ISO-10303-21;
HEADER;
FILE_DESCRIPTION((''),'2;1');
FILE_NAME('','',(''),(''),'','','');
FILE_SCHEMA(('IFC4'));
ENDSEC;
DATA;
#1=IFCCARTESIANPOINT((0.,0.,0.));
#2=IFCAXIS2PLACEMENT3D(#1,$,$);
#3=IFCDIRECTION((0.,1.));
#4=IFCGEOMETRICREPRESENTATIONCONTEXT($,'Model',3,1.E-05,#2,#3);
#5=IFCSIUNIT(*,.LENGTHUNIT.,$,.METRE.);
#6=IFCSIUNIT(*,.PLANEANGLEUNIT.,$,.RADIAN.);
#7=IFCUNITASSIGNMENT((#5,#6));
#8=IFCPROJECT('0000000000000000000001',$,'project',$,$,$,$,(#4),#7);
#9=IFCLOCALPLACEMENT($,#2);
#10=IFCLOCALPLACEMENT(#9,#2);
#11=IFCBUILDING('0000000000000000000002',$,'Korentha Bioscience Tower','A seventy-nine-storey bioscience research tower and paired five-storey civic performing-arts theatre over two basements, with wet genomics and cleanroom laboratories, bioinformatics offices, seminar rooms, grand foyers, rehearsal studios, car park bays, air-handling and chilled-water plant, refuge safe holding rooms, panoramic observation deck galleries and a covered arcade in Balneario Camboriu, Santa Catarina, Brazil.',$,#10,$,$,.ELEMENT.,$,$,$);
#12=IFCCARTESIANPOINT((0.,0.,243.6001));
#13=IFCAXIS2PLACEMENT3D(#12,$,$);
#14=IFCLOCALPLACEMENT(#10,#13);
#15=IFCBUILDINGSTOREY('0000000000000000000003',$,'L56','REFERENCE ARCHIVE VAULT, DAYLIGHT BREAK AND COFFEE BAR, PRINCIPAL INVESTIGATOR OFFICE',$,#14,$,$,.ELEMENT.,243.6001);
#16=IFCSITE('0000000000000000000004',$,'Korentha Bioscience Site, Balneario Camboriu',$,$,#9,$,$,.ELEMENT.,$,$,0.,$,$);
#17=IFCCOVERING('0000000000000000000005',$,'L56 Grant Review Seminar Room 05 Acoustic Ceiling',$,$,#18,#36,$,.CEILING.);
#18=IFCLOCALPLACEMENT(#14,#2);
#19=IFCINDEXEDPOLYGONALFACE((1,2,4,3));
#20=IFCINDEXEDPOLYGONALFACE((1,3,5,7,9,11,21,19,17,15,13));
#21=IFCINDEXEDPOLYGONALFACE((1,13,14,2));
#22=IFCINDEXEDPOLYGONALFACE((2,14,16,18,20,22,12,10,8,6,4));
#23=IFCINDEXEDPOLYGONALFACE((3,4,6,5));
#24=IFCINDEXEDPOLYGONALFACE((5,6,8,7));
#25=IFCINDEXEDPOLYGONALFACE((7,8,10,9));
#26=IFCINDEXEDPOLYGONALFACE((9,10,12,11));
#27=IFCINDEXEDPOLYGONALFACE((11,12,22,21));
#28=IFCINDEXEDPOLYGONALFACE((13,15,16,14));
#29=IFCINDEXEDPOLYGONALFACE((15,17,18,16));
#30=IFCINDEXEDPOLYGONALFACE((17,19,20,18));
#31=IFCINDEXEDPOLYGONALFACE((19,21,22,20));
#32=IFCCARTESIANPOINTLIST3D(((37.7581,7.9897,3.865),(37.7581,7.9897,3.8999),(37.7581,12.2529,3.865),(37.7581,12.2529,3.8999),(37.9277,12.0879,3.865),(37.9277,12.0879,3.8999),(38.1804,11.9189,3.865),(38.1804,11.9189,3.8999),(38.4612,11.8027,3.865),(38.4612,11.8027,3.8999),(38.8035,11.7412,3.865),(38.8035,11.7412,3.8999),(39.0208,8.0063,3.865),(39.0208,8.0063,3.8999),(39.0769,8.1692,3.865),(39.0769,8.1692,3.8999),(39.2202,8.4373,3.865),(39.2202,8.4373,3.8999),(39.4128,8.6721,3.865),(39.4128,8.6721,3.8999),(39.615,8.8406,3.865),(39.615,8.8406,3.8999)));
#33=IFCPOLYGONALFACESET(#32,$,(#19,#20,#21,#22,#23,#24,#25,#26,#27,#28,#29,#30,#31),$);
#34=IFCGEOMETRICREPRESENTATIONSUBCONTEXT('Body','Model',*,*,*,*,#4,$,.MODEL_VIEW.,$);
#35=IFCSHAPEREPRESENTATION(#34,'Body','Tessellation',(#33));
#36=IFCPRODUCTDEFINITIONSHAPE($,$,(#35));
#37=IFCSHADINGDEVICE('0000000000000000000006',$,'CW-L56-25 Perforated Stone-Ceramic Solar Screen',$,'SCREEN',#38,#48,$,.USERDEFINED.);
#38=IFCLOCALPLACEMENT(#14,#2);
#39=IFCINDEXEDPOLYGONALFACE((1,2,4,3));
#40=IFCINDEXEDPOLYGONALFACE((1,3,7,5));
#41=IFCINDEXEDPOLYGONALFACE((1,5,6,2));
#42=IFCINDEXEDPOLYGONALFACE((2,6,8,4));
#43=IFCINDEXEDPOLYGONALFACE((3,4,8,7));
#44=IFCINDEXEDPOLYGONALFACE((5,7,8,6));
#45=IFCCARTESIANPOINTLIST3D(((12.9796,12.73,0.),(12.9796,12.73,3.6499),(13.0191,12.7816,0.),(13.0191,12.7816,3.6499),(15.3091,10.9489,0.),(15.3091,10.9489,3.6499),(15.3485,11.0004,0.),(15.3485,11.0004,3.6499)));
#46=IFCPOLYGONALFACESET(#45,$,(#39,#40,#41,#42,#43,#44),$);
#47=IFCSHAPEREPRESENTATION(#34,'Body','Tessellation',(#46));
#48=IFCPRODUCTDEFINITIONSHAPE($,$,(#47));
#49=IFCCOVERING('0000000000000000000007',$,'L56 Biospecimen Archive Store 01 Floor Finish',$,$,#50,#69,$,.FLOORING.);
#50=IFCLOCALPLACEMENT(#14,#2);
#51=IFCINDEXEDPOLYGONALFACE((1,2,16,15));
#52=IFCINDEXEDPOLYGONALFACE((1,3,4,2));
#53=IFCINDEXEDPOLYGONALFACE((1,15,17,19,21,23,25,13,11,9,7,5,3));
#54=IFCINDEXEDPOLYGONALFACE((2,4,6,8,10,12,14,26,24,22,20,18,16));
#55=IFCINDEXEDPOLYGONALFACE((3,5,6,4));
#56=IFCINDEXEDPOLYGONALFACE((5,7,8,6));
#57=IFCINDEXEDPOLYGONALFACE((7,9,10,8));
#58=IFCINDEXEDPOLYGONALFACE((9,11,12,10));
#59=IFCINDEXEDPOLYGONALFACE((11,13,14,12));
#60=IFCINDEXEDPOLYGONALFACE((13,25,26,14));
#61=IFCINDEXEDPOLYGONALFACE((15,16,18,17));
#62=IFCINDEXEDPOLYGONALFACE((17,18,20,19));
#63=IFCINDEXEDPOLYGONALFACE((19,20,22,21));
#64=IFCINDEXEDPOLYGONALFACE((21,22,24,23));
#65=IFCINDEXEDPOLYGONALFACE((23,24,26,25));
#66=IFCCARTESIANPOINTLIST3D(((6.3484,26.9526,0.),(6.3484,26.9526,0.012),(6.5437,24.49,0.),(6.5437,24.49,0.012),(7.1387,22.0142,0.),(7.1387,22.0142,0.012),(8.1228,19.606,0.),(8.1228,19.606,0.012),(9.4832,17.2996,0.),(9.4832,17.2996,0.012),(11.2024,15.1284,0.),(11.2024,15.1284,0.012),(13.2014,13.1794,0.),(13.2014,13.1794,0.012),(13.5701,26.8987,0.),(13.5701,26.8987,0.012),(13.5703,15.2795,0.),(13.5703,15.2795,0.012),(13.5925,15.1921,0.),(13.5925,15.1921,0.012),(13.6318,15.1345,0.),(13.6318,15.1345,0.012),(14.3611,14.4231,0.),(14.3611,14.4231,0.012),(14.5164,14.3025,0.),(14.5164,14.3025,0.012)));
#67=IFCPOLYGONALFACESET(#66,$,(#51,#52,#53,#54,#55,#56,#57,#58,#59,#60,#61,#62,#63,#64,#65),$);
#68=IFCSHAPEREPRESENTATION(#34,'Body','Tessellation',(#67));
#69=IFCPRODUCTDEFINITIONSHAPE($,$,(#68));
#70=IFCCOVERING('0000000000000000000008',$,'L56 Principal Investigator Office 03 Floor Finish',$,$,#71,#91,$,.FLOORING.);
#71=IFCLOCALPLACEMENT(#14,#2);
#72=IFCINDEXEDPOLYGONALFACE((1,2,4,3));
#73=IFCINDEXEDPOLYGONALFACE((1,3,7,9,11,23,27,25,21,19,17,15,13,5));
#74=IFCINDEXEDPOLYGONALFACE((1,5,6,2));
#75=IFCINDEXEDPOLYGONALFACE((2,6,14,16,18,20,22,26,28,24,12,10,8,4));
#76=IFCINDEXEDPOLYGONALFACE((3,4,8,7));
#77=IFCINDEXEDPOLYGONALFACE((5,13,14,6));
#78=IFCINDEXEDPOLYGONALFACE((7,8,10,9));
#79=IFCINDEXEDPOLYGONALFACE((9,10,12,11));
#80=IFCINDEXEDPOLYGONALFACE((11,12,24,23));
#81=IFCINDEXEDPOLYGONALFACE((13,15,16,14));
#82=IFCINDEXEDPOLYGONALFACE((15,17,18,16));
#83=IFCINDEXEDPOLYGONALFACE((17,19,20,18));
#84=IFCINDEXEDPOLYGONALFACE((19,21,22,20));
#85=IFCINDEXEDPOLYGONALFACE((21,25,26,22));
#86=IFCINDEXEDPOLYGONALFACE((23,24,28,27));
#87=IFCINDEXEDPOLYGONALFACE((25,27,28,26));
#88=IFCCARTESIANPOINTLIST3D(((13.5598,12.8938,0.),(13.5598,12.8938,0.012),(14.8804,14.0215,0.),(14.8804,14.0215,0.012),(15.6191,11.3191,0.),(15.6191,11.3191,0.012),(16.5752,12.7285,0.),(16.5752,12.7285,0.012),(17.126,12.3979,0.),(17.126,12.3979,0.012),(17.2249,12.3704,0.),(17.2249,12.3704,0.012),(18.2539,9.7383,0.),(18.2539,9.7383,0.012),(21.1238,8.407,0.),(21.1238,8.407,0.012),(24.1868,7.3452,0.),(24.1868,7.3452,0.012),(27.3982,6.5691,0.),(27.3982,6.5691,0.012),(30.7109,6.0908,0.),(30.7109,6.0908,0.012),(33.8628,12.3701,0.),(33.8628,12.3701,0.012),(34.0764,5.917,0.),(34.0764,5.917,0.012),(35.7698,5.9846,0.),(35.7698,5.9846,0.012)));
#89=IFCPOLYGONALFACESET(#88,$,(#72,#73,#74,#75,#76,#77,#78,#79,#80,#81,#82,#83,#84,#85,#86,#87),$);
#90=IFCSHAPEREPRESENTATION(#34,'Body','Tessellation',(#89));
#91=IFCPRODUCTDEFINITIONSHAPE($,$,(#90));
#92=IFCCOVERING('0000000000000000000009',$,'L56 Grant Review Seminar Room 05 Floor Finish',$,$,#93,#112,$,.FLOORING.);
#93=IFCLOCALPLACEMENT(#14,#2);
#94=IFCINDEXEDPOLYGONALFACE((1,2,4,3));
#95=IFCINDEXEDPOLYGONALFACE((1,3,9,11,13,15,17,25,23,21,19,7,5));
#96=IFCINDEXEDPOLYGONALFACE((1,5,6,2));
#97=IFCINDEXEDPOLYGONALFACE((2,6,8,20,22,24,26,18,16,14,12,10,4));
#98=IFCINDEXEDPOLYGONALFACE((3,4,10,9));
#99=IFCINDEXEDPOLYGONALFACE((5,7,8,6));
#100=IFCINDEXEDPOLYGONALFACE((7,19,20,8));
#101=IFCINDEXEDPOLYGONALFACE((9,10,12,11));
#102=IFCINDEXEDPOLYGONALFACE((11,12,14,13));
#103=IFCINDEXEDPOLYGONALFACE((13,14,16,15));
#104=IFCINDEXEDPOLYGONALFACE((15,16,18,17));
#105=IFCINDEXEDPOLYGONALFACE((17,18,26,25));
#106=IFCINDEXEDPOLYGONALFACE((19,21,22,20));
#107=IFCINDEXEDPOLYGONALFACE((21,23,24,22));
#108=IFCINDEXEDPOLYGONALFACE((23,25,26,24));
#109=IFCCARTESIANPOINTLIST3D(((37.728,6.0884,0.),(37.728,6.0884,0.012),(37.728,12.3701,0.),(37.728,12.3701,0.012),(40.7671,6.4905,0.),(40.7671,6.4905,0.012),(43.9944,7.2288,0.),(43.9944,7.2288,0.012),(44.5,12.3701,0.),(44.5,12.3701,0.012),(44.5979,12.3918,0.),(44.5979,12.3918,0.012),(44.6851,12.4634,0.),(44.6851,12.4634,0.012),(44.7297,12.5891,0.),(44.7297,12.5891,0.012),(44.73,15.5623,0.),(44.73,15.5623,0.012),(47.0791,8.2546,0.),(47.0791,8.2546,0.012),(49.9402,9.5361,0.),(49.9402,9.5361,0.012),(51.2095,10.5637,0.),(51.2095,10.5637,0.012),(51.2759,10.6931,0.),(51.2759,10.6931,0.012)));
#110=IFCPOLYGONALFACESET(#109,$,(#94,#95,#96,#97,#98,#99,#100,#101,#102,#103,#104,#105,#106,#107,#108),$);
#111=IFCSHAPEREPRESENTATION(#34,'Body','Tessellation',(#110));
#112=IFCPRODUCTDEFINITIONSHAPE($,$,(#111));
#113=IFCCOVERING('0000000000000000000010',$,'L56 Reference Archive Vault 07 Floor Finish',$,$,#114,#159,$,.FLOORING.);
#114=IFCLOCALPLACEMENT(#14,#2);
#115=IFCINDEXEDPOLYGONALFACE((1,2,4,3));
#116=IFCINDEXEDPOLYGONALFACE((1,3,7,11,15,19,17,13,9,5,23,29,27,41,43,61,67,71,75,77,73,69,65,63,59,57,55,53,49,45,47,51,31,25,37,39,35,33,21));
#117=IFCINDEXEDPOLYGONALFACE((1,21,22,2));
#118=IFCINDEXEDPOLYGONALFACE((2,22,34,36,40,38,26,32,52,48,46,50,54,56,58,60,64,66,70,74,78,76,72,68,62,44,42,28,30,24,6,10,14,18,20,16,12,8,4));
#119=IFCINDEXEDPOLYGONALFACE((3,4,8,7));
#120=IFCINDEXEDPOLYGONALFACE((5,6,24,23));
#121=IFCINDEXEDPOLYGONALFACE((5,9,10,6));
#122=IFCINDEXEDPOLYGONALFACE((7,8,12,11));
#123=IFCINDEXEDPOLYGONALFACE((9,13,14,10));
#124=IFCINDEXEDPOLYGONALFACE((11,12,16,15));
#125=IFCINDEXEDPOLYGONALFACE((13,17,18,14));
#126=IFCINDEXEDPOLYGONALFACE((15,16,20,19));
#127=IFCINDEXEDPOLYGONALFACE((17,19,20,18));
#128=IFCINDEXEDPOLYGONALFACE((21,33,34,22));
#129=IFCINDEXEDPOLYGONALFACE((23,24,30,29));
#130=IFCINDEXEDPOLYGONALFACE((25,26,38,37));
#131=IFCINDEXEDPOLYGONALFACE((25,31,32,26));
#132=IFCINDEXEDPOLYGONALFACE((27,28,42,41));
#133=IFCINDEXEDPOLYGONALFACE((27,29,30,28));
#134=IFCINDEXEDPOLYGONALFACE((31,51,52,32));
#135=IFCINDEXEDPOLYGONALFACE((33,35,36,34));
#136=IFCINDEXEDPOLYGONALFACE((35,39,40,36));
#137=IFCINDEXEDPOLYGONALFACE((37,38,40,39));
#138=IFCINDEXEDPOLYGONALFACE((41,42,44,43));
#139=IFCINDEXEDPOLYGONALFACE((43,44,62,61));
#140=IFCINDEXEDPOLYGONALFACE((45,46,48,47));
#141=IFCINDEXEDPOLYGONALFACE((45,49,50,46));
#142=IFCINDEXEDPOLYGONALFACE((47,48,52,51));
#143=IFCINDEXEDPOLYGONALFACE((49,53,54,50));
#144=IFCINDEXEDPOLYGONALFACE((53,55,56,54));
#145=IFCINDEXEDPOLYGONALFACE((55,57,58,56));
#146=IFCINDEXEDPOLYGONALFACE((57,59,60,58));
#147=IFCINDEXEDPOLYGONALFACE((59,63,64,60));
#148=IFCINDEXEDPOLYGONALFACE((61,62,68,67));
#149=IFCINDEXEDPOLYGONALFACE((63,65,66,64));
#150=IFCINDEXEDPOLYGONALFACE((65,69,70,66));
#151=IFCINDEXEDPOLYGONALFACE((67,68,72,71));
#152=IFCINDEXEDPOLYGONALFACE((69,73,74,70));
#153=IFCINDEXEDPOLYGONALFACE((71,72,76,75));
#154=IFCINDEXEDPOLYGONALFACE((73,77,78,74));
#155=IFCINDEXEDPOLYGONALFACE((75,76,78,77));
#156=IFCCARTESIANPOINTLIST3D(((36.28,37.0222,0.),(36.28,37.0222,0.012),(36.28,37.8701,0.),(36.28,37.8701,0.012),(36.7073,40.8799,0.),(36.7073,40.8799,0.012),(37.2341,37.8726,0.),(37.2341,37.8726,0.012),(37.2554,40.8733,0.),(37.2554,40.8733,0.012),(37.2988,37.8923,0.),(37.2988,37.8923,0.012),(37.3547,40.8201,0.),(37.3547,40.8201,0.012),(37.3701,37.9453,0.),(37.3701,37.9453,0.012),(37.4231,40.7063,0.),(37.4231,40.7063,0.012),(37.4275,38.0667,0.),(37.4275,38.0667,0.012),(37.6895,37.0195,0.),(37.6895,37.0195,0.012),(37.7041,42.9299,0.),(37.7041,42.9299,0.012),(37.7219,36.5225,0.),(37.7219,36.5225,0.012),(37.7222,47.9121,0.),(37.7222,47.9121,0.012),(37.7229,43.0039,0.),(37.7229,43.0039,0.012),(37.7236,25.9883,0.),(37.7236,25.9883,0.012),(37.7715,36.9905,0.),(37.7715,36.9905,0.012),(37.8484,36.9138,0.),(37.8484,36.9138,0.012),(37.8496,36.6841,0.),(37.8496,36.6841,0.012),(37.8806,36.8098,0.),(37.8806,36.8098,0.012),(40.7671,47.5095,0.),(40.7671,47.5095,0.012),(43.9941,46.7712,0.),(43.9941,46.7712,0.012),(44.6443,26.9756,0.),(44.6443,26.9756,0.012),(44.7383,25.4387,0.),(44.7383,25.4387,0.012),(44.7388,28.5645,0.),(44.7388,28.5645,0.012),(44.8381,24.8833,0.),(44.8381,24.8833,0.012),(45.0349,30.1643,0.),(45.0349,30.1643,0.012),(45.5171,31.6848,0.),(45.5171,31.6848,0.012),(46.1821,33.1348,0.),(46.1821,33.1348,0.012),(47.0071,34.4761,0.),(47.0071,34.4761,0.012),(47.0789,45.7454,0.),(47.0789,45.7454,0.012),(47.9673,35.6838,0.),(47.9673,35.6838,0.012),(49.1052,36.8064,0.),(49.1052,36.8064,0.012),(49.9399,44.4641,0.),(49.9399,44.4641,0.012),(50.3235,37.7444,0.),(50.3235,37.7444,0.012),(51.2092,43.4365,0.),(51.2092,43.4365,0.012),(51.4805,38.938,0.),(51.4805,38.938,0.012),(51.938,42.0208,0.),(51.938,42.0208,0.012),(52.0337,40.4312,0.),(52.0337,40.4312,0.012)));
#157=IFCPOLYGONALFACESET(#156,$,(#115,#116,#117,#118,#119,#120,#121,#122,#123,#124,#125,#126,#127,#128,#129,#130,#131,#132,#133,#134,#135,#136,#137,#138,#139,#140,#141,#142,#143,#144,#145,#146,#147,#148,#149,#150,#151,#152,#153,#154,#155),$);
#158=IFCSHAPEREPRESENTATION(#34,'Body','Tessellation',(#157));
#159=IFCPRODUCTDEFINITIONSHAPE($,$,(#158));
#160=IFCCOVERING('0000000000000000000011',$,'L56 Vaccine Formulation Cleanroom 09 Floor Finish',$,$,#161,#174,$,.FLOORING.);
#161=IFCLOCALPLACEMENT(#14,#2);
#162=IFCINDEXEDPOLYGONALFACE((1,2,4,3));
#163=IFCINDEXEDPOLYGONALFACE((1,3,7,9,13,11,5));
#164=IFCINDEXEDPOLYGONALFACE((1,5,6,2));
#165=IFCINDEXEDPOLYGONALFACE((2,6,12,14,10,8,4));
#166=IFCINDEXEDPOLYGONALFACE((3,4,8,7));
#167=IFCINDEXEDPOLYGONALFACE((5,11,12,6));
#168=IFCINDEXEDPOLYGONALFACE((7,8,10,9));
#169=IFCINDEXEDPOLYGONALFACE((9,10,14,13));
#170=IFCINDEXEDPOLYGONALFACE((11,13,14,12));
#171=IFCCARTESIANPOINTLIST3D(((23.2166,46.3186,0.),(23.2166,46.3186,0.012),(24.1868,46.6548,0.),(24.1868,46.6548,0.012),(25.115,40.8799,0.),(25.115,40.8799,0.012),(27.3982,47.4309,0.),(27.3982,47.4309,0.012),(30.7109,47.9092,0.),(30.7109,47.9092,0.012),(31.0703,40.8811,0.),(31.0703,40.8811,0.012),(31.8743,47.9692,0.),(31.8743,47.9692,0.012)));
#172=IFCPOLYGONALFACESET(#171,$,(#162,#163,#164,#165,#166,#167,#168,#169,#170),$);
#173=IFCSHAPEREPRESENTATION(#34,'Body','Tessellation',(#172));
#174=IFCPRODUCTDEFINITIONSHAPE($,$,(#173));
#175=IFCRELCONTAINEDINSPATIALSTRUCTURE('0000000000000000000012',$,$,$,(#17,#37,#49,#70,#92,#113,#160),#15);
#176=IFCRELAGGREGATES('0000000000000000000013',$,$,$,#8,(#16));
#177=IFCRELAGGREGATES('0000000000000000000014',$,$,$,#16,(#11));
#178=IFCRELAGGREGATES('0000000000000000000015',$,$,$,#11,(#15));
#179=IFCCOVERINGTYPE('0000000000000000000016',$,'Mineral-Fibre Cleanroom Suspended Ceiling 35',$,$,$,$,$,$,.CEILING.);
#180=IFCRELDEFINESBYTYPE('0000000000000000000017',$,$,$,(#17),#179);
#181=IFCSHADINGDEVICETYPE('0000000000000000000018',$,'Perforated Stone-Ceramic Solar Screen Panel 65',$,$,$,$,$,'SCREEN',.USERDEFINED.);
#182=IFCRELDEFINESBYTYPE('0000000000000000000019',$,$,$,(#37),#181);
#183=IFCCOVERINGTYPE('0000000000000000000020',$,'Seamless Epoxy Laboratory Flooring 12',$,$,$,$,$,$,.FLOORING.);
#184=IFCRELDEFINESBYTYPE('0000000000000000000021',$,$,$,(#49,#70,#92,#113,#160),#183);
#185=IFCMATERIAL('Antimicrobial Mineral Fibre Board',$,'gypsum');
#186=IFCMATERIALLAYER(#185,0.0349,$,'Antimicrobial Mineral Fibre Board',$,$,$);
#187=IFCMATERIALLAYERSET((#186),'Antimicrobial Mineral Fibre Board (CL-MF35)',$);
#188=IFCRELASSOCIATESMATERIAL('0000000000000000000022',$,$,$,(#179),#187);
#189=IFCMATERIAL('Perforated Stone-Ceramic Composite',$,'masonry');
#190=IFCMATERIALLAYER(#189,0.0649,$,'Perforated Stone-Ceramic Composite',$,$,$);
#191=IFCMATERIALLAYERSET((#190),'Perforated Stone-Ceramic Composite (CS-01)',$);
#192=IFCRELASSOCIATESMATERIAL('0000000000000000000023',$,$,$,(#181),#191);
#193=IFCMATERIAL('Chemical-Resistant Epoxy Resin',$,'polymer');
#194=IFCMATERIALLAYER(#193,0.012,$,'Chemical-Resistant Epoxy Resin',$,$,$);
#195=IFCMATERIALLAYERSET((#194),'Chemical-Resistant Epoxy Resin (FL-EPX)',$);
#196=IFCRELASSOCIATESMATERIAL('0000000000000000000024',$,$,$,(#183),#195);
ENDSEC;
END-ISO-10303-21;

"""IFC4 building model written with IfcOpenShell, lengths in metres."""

from ifc_helpers import new_model, si_unit, direction, frame, origin, origin_2d, place, context, subcontext, project, spatial, polyline, rectangle, outline, extrude, material, layer, layer_set, type_object, element, save


model = new_model("IFC4")

# Units and contexts
model_context = context("Model", 3, precision=1e-05, world=origin(), true_north=direction((0.0, 1.0)))
body_context = subcontext(model_context, "Body", "Model", "MODEL_VIEW")
ifc_project = project(units=[si_unit("LENGTHUNIT", "METRE"), si_unit("PLANEANGLEUNIT", "RADIAN")], contexts=[model_context])

# Site, building, storey
site_placement = place(None, origin())
site = spatial("IfcSite", under=ifc_project, at=site_placement, Name="Korentha Bioscience Site, Balneario Camboriu", CompositionType="ELEMENT", RefElevation=0.0)
building_placement = place(site_placement, origin())
building = spatial("IfcBuilding", under=site, at=building_placement, Name="Korentha Bioscience Tower", Description="A seventy-nine-storey bioscience research tower and paired five-storey civic performing-arts theatre over two basements, with wet genomics and cleanroom laboratories, bioinformatics offices, seminar rooms, grand foyers, rehearsal studios, car park bays, air-handling and chilled-water plant, refuge safe holding rooms, panoramic observation deck galleries and a covered arcade in Balneario Camboriu, Santa Catarina, Brazil.", CompositionType="ELEMENT")
storey_placement = place(building_placement, frame((0.0, 0.0, 243.6001)))
storey = spatial("IfcBuildingStorey", under=building, at=storey_placement, Name="L56", Description="REFERENCE ARCHIVE VAULT, DAYLIGHT BREAK AND COFFEE BAR, PRINCIPAL INVESTIGATOR OFFICE", CompositionType="ELEMENT", Elevation=243.6001)

# Covering
ifc_material_1 = material(Name="Antimicrobial Mineral Fibre Board", Category="gypsum")
ifc_layer_1 = layer(ifc_material_1, 0.0349, Name="Antimicrobial Mineral Fibre Board")
ifc_layer_set_1 = layer_set([ifc_layer_1], Name="Antimicrobial Mineral Fibre Board (CL-MF35)")
covering_type_1 = type_object("IfcCoveringType", Name="Mineral-Fibre Cleanroom Suspended Ceiling 35", PredefinedType="CEILING", material=ifc_layer_set_1)
covering_1_placement = place(storey_placement, frame((0.0, 0.0, 3.865)))
element("IfcCovering", 1, at=covering_1_placement, inside=storey, type_object=covering_type_1, Name="L56 Grant Review Seminar Room 05 Acoustic Ceiling", PredefinedType="CEILING", context=body_context, shape_type="SweptSolid", body=[
    extrude(outline(polyline([(39.615, 8.8406), (39.4128, 8.6721), (39.2202, 8.4373), (39.0769, 8.1692), (39.0208, 8.0063), (37.7581, 7.9897), (37.7581, 12.2529), (37.9277, 12.0879), (38.1804, 11.9189), (38.4612, 11.8027), (38.8035, 11.7412), (39.615, 8.8406)])), origin(), (0.0, 0.0, 1.0), 0.0349),
])

# Shading device
ifc_material_2 = material(Name="Perforated Stone-Ceramic Composite", Category="masonry")
ifc_layer_2 = layer(ifc_material_2, 0.0649, Name="Perforated Stone-Ceramic Composite")
ifc_layer_set_2 = layer_set([ifc_layer_2], Name="Perforated Stone-Ceramic Composite (CS-01)")
shading_device_type_1 = type_object("IfcShadingDeviceType", Name="Perforated Stone-Ceramic Solar Screen Panel 65", ElementType="SCREEN", PredefinedType="USERDEFINED", material=ifc_layer_set_2)
shading_device_1_placement = place(storey_placement, frame((14.1641, 11.8652, 0.0), z_axis=(0.0, 0.0, 1.0), x_axis=(0.794382, -0.607418, 0.0)))
element("IfcShadingDevice", 2, at=shading_device_1_placement, inside=storey, type_object=shading_device_type_1, Name="CW-L56-25 Perforated Stone-Ceramic Solar Screen", ObjectType="SCREEN", PredefinedType="USERDEFINED", context=body_context, shape_type="SweptSolid", body=[
    extrude(rectangle(XDim=2.9324, YDim=0.0649, at=origin_2d()), origin(), (0.0, 0.0, 1.0), 3.6499),
])

# Coverings
ifc_material_3 = material(Name="Chemical-Resistant Epoxy Resin", Category="polymer")
ifc_layer_3 = layer(ifc_material_3, 0.012, Name="Chemical-Resistant Epoxy Resin")
ifc_layer_set_3 = layer_set([ifc_layer_3], Name="Chemical-Resistant Epoxy Resin (FL-EPX)")
covering_type_2 = type_object("IfcCoveringType", Name="Seamless Epoxy Laboratory Flooring 12", PredefinedType="FLOORING", material=ifc_layer_set_3)
covering_2_placement = place(storey_placement, origin())
element("IfcCovering", 3, at=covering_2_placement, inside=storey, type_object=covering_type_2, Name="L56 Biospecimen Archive Store 01 Floor Finish", PredefinedType="FLOORING", context=body_context, shape_type="SweptSolid", body=[
    extrude(outline(polyline([(13.5701, 26.8987), (13.5703, 15.2795), (13.5925, 15.1921), (13.6318, 15.1345), (14.3611, 14.4231), (14.5164, 14.3025), (13.2014, 13.1794), (11.2024, 15.1284), (9.4832, 17.2996), (8.1228, 19.606), (7.1387, 22.0142), (6.5437, 24.49), (6.3484, 26.9526), (13.5701, 26.8987)])), origin(), (0.0, 0.0, 1.0), 0.012),
])
covering_3_placement = place(storey_placement, origin())
element("IfcCovering", 4, at=covering_3_placement, inside=storey, type_object=covering_type_2, Name="L56 Principal Investigator Office 03 Floor Finish", PredefinedType="FLOORING", context=body_context, shape_type="SweptSolid", body=[
    extrude(outline(polyline([(24.1868, 7.3452), (21.1238, 8.407), (18.2539, 9.7383), (15.6191, 11.3191), (13.5598, 12.8938), (14.8804, 14.0215), (16.5752, 12.7285), (17.126, 12.3979), (17.2249, 12.3704), (33.8628, 12.3701), (35.7698, 5.9846), (34.0764, 5.917), (30.7109, 6.0908), (27.3982, 6.5691), (24.1868, 7.3452)])), origin(), (0.0, 0.0, 1.0), 0.012),
])
covering_4_placement = place(storey_placement, origin())
element("IfcCovering", 5, at=covering_4_placement, inside=storey, type_object=covering_type_2, Name="L56 Grant Review Seminar Room 05 Floor Finish", PredefinedType="FLOORING", context=body_context, shape_type="SweptSolid", body=[
    extrude(outline(polyline([(43.9944, 7.2288), (40.7671, 6.4905), (37.728, 6.0884), (37.728, 12.3701), (44.5, 12.3701), (44.5979, 12.3918), (44.6851, 12.4634), (44.7297, 12.5891), (44.73, 15.5623), (51.2759, 10.6931), (51.2095, 10.5637), (49.9402, 9.5361), (47.0791, 8.2546), (43.9944, 7.2288)])), origin(), (0.0, 0.0, 1.0), 0.012),
])
covering_5_placement = place(storey_placement, origin())
element("IfcCovering", 6, at=covering_5_placement, inside=storey, type_object=covering_type_2, Name="L56 Reference Archive Vault 07 Floor Finish", PredefinedType="FLOORING", context=body_context, shape_type="SweptSolid", body=[
    extrude(outline(polyline([(37.6895, 37.0195), (36.28, 37.0222), (36.28, 37.8701), (37.2341, 37.8726), (37.2988, 37.8923), (37.3701, 37.9453), (37.4275, 38.0667), (37.4231, 40.7063), (37.3547, 40.8201), (37.2554, 40.8733), (36.7073, 40.8799), (37.7041, 42.9299), (37.7229, 43.0039), (37.7222, 47.9121), (40.7671, 47.5095), (43.9941, 46.7712), (47.0789, 45.7454), (49.9399, 44.4641), (51.2092, 43.4365), (51.938, 42.0208), (52.0337, 40.4312), (51.4805, 38.938), (50.3235, 37.7444), (49.1052, 36.8064), (47.9673, 35.6838), (47.0071, 34.4761), (46.1821, 33.1348), (45.5171, 31.6848), (45.0349, 30.1643), (44.7388, 28.5645), (44.6443, 26.9756), (44.7383, 25.4387), (44.8381, 24.8833), (37.7236, 25.9883), (37.7219, 36.5225), (37.8496, 36.6841), (37.8806, 36.8098), (37.8484, 36.9138), (37.7715, 36.9905), (37.6895, 37.0195)])), origin(), (0.0, 0.0, 1.0), 0.012),
])
covering_6_placement = place(storey_placement, origin())
element("IfcCovering", 7, at=covering_6_placement, inside=storey, type_object=covering_type_2, Name="L56 Vaccine Formulation Cleanroom 09 Floor Finish", PredefinedType="FLOORING", context=body_context, shape_type="SweptSolid", body=[
    extrude(outline(polyline([(30.7109, 47.9092), (31.8743, 47.9692), (31.0703, 40.8811), (25.115, 40.8799), (23.2166, 46.3186), (24.1868, 46.6548), (27.3982, 47.4309), (30.7109, 47.9092)])), origin(), (0.0, 0.0, 1.0), 0.012),
])

save(model, "model.ifc")
